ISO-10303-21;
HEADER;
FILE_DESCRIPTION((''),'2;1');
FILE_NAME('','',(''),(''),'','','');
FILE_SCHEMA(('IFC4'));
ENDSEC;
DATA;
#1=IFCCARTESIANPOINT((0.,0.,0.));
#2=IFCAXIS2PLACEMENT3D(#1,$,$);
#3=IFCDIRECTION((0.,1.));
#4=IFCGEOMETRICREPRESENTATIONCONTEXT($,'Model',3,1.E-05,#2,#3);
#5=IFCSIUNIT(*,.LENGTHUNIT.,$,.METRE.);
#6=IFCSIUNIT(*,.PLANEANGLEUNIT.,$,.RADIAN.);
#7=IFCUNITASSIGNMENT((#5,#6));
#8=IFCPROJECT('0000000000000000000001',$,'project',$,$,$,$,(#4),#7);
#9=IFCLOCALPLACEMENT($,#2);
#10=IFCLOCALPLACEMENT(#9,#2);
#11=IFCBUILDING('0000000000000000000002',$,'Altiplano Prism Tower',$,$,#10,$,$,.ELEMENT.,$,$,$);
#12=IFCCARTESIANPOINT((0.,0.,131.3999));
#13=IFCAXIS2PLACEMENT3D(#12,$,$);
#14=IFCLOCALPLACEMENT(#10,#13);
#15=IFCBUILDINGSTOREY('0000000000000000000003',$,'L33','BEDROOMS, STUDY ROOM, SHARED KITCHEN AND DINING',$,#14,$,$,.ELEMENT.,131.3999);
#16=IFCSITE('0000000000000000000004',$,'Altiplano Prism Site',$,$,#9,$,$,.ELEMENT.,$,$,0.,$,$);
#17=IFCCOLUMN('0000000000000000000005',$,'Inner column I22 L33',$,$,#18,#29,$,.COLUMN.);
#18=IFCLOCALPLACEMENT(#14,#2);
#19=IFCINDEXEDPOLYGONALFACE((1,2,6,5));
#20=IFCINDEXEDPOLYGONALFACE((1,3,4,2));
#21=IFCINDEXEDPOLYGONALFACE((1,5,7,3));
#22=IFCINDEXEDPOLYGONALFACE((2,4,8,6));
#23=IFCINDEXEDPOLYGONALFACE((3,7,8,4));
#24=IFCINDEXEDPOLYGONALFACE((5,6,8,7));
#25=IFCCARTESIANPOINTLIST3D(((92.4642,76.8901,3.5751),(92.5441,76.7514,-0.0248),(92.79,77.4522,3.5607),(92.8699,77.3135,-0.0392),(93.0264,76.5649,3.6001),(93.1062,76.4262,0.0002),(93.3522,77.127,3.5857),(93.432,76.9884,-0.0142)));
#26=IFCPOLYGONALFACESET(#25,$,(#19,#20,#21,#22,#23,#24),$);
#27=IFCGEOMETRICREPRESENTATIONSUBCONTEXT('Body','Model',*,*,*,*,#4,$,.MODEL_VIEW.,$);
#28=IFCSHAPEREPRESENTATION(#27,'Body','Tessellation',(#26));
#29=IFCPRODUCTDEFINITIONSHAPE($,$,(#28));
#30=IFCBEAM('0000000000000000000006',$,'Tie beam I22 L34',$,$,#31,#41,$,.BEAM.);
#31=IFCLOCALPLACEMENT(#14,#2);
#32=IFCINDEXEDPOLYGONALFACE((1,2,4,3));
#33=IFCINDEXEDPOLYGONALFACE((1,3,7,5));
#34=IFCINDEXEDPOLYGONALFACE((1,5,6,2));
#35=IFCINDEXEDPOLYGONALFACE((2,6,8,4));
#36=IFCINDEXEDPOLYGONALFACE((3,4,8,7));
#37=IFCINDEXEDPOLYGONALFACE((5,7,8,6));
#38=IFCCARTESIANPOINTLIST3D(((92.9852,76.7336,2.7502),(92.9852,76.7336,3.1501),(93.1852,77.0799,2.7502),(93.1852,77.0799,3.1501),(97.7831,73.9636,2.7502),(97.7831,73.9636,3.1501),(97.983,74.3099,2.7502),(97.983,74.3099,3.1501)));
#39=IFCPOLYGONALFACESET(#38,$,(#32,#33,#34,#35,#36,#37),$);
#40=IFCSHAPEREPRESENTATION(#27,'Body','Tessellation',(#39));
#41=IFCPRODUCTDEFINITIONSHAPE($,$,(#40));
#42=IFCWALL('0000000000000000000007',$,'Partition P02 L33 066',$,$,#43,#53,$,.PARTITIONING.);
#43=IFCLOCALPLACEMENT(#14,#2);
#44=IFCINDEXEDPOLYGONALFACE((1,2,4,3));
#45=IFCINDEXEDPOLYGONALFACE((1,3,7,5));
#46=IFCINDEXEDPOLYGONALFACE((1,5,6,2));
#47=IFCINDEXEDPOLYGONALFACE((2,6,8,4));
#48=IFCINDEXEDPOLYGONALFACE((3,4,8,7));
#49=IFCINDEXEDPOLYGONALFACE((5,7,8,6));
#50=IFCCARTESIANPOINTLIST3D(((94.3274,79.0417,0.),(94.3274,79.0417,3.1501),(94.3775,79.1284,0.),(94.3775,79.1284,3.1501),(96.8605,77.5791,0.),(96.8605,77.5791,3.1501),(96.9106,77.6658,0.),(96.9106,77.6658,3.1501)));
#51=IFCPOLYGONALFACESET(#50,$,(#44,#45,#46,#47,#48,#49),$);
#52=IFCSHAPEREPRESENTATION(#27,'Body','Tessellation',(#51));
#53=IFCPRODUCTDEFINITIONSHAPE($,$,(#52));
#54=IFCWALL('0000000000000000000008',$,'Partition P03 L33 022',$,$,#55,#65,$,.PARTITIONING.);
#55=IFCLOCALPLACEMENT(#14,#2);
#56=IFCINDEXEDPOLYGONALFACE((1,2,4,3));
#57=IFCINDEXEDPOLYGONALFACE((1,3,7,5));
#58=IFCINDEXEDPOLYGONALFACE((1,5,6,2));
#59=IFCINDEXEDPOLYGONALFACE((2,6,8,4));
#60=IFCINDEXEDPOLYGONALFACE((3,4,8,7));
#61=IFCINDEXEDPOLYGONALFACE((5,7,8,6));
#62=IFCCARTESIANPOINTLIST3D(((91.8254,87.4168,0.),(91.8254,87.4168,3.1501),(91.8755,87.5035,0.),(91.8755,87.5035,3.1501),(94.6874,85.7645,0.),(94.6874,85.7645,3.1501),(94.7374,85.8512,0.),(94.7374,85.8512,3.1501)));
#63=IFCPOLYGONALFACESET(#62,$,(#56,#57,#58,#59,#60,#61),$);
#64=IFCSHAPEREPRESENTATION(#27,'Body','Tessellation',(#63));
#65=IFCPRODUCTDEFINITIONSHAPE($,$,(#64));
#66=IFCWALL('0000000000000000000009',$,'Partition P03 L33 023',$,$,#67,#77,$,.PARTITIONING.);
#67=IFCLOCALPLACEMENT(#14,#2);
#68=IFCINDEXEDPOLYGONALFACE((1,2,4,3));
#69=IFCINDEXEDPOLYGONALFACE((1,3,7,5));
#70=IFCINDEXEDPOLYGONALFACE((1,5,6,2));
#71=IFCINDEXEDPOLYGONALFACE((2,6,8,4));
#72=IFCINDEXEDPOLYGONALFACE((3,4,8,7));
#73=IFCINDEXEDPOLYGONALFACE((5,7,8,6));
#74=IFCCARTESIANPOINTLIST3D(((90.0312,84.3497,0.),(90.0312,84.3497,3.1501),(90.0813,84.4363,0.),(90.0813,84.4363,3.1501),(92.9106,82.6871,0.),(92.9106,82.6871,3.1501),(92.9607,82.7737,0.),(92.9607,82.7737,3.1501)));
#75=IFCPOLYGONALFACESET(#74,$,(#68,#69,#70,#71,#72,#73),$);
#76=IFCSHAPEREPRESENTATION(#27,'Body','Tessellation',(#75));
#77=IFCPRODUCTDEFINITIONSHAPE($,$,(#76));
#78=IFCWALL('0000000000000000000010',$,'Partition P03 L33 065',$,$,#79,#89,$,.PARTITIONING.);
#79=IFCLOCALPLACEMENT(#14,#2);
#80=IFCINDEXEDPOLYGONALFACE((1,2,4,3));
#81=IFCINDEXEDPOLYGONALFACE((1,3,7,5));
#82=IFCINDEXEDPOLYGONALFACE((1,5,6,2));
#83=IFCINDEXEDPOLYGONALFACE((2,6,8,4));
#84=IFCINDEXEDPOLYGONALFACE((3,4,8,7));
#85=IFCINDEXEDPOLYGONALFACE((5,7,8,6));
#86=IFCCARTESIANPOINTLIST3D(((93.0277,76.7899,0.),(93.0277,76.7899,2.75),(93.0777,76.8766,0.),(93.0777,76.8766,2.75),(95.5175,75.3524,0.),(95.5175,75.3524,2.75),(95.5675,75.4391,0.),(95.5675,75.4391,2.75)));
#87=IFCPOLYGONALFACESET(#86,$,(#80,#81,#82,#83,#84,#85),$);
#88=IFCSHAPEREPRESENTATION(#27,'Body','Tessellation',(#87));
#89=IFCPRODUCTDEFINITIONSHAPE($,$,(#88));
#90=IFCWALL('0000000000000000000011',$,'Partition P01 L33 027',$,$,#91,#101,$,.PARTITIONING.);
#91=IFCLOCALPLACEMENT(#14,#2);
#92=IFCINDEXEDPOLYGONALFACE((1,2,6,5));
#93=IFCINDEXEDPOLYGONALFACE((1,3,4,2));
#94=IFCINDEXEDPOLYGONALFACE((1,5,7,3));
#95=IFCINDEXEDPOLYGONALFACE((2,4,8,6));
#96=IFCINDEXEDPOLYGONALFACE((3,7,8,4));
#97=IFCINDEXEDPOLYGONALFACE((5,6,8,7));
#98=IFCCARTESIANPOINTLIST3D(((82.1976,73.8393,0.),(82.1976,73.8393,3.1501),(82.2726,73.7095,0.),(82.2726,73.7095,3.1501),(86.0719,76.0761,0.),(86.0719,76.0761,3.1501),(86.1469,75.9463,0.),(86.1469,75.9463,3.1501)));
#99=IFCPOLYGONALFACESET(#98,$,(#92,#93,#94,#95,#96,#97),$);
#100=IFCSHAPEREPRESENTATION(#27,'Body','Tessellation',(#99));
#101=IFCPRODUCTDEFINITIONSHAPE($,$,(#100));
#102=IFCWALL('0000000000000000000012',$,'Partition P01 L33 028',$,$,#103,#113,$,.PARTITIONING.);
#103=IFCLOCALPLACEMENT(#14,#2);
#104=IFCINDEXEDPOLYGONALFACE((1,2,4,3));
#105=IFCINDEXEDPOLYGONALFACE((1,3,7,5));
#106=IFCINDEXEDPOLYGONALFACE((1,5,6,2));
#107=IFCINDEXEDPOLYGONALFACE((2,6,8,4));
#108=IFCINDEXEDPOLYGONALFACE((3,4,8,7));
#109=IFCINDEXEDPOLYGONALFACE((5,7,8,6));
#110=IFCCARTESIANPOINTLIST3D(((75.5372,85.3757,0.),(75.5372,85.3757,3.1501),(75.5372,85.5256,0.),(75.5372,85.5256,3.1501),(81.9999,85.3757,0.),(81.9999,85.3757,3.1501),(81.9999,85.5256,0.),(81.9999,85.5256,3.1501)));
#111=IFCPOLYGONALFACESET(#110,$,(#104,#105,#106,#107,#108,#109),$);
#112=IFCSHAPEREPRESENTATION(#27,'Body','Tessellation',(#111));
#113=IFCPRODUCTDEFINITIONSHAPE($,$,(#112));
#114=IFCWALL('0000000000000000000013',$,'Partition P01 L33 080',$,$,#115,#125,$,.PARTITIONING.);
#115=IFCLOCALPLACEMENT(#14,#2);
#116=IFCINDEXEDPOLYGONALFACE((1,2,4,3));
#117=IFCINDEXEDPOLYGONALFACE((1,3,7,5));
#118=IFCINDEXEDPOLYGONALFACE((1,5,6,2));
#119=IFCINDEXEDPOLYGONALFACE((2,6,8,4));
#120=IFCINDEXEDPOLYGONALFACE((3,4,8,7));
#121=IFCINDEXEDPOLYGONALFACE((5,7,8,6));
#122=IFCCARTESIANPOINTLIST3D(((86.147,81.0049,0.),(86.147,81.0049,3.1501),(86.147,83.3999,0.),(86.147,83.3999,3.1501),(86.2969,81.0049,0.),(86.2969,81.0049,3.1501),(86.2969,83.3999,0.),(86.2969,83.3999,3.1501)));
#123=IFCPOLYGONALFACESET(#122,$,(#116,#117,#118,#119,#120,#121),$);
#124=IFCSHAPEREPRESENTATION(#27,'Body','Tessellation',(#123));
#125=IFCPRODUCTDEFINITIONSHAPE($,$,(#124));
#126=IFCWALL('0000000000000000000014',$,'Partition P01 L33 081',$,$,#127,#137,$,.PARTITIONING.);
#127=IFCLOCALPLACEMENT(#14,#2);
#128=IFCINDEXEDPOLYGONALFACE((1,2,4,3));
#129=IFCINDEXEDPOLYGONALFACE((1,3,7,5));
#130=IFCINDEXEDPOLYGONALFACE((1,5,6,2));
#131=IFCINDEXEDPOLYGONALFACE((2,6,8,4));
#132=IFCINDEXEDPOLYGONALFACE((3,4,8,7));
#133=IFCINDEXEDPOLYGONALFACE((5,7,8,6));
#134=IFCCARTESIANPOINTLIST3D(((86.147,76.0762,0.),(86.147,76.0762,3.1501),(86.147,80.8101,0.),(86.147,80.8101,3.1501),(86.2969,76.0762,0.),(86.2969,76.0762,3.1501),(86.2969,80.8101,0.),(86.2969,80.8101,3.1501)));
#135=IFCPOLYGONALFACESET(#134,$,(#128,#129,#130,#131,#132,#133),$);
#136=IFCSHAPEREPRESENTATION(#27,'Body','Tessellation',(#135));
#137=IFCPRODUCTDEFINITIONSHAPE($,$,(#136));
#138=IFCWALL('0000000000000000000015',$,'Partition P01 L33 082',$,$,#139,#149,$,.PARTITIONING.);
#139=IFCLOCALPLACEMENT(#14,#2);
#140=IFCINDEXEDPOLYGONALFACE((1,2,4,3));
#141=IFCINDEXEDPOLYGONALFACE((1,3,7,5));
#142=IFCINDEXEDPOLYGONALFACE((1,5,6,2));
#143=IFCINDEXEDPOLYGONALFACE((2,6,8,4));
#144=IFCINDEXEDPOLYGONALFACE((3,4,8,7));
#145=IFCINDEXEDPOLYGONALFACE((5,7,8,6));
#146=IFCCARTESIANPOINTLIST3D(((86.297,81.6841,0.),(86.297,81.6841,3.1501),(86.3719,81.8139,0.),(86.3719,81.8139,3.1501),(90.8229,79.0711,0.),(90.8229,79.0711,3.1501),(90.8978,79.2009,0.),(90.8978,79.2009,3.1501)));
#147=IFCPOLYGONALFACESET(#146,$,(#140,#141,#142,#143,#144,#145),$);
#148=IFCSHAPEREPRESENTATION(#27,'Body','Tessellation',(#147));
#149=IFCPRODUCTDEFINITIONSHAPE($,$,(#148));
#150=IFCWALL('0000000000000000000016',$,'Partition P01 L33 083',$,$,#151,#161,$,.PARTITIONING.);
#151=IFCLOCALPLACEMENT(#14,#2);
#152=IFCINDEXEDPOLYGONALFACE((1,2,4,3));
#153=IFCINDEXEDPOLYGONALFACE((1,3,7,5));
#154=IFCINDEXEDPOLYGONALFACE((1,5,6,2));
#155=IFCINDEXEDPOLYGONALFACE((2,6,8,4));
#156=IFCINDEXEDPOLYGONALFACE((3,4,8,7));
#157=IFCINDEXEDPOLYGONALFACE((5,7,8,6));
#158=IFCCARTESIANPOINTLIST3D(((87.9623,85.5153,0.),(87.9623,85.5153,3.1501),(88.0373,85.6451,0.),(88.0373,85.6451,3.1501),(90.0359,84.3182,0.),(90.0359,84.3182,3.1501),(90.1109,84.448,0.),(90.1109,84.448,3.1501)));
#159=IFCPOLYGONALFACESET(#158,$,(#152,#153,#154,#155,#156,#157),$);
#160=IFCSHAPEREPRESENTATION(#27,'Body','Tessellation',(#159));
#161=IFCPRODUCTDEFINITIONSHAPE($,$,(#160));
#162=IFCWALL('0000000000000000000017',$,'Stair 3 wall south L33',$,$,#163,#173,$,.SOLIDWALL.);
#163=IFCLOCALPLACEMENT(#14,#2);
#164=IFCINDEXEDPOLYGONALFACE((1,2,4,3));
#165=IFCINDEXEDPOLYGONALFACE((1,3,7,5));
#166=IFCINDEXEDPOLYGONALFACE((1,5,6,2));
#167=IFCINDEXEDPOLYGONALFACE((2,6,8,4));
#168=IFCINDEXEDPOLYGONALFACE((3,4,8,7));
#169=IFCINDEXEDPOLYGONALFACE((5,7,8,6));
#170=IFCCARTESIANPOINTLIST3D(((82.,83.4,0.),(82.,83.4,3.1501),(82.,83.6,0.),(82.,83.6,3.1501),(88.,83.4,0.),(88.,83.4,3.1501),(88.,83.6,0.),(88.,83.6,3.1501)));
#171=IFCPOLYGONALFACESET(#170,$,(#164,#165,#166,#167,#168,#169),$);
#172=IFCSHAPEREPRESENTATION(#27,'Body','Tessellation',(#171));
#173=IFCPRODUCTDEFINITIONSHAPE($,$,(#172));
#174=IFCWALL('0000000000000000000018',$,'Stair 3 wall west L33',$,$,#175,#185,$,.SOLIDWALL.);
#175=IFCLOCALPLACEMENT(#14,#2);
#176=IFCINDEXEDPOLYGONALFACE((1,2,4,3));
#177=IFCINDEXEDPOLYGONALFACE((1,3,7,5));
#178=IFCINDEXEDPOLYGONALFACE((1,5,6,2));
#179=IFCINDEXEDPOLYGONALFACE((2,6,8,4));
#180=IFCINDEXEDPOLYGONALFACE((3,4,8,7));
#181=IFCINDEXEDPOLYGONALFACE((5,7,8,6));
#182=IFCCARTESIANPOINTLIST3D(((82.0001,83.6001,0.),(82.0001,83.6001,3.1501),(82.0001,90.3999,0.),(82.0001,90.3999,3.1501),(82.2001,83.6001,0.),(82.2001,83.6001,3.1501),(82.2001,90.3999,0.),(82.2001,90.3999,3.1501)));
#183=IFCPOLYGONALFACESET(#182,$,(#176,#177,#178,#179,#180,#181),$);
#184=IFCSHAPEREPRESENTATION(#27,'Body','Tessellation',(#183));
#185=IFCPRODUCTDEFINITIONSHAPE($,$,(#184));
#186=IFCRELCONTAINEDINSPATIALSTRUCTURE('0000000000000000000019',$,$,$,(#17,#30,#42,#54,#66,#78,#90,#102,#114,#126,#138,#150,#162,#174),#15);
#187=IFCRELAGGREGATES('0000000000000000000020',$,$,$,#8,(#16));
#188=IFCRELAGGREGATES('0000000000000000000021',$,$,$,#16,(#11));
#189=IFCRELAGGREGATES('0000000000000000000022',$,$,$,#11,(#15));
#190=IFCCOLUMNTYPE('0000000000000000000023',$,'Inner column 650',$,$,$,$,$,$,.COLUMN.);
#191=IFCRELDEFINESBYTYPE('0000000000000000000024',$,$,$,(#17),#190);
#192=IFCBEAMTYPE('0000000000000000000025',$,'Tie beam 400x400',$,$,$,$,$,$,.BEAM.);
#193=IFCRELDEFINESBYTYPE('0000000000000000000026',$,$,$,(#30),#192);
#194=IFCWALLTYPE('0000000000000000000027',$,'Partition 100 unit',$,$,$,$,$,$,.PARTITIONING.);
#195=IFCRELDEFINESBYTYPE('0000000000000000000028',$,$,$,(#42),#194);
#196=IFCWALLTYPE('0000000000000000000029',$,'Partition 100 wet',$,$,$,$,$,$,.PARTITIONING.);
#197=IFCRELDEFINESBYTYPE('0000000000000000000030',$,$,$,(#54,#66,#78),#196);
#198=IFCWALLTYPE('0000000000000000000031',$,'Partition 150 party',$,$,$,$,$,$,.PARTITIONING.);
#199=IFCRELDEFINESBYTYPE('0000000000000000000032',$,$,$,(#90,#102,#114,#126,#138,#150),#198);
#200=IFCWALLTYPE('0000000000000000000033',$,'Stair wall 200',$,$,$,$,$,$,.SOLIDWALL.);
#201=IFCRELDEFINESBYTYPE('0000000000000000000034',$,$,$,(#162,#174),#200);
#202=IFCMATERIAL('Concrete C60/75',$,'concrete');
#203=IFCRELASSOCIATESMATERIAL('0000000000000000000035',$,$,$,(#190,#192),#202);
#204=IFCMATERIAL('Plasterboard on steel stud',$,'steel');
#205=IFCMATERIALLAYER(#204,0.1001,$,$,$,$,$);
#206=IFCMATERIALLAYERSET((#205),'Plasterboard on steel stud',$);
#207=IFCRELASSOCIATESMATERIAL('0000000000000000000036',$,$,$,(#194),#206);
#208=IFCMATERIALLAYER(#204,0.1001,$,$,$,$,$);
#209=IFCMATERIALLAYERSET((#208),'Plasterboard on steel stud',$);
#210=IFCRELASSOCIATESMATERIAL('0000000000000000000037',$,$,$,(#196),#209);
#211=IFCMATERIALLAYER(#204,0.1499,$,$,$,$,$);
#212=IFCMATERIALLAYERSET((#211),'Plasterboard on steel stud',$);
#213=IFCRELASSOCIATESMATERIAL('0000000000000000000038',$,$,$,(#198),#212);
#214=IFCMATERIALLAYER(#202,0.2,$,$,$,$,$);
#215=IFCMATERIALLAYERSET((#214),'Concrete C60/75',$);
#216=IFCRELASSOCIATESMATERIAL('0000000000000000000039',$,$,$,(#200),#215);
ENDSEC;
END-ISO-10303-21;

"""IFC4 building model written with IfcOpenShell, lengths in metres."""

from ifc_helpers import new_model, si_unit, direction, frame, frame_2d, origin, origin_2d, place, context, subcontext, project, spatial, rectangle, extrude, material, layer, layer_set, material_profile, profile_set, type_object, element, save


model = new_model("IFC4")

# Units and contexts
model_context = context("Model", 3, precision=1e-05, world=origin(), true_north=direction((0.0, 1.0)))
body_context = subcontext(model_context, "Body", "Model", "MODEL_VIEW")
ifc_project = project(units=[si_unit("LENGTHUNIT", "METRE"), si_unit("PLANEANGLEUNIT", "RADIAN")], contexts=[model_context])

# Site, building, storey
site_placement = place(None, origin())
site = spatial("IfcSite", under=ifc_project, at=site_placement, Name="Altiplano Prism Site", CompositionType="ELEMENT", RefElevation=0.0)
building_placement = place(site_placement, origin())
building = spatial("IfcBuilding", under=site, at=building_placement, Name="Altiplano Prism Tower", CompositionType="ELEMENT")
storey_placement = place(building_placement, frame((0.0, 0.0, 131.3999)))
storey = spatial("IfcBuildingStorey", under=building, at=storey_placement, Name="L33", Description="BEDROOMS, STUDY ROOM, SHARED KITCHEN AND DINING", CompositionType="ELEMENT", Elevation=131.3999)

# Column
ifc_material_1 = material(Name="Concrete C60/75", Category="concrete")
ifc_material_profile_1 = material_profile(ifc_material_1, rectangle(XDim=0.6499, YDim=0.6499, at=origin_2d()), Name="Inner column 650")
ifc_profile_set_1 = profile_set([ifc_material_profile_1], Name="Concrete C60/75")
column_type = type_object("IfcColumnType", Name="Inner column 650", PredefinedType="COLUMN", material=ifc_profile_set_1)
column_placement = place(storey_placement, frame((92.988, 76.8699, -0.0195), z_axis=(-0.022155, 0.038484, 0.999014), x_axis=(-0.501313, -0.864981, 0.022203)))
element("IfcColumn", 1, at=column_placement, inside=storey, type_object=column_type, Name="Inner column I22 L33", PredefinedType="COLUMN", context=body_context, shape_type="SweptSolid", body=[
    extrude(rectangle(XDim=0.6499, YDim=0.6499, at=origin_2d()), origin(), (0.0, 0.0, 1.0), 3.6035),
])

# Beam
ifc_material_profile_2 = material_profile(ifc_material_1, rectangle(XDim=0.3999, YDim=0.3999, at=origin_2d()), Name="Tie beam 400x400")
ifc_profile_set_2 = profile_set([ifc_material_profile_2], Name="Concrete C60/75")
beam_type = type_object("IfcBeamType", Name="Tie beam 400x400", PredefinedType="BEAM", material=ifc_profile_set_2)
beam_placement = place(storey_placement, frame((93.0852, 76.9067, 2.9502), z_axis=(0.866027, -0.499997, 0.0), x_axis=(0.499997, 0.866027, 0.0)))
element("IfcBeam", 2, at=beam_placement, inside=storey, type_object=beam_type, Name="Tie beam I22 L34", PredefinedType="BEAM", context=body_context, shape_type="SweptSolid", body=[
    extrude(rectangle(XDim=0.3999, YDim=0.3999, at=origin_2d()), origin(), (0.0, 0.0, 1.0), 5.54),
])

# Walls
ifc_material_2 = material(Name="Plasterboard on steel stud", Category="steel")
ifc_layer_1 = layer(ifc_material_2, 0.1001)
ifc_layer_set_1 = layer_set([ifc_layer_1], Name="Plasterboard on steel stud")
wall_type_1 = type_object("IfcWallType", Name="Partition 100 unit", PredefinedType="PARTITIONING", material=ifc_layer_set_1)
wall_1_placement = place(storey_placement, frame((94.3525, 79.085, 0.0), z_axis=(0.0, 0.0, 1.0), x_axis=(0.86601, -0.500026, 0.0)))
element("IfcWall", 3, at=wall_1_placement, inside=storey, type_object=wall_type_1, Name="Partition P02 L33 066", PredefinedType="PARTITIONING", context=body_context, shape_type="SweptSolid", body=[
    extrude(rectangle(XDim=2.925, YDim=0.1001, at=frame_2d((1.4624, 0.0))), origin(), (0.0, 0.0, 1.0), 3.1501),
])
ifc_layer_2 = layer(ifc_material_2, 0.1001)
ifc_layer_set_2 = layer_set([ifc_layer_2], Name="Plasterboard on steel stud")
wall_type_2 = type_object("IfcWallType", Name="Partition 100 wet", PredefinedType="PARTITIONING", material=ifc_layer_set_2)
wall_2_placement = place(storey_placement, frame((94.7124, 85.8079, 0.0), z_axis=(0.0, 0.0, 1.0), x_axis=(-0.866034, 0.499985, 0.0)))
element("IfcWall", 4, at=wall_2_placement, inside=storey, type_object=wall_type_2, Name="Partition P03 L33 022", PredefinedType="PARTITIONING", context=body_context, shape_type="SweptSolid", body=[
    extrude(rectangle(XDim=3.3047, YDim=0.1001, at=frame_2d((1.6523, 0.0))), origin(), (0.0, 0.0, 1.0), 3.1501),
])
wall_3_placement = place(storey_placement, frame((90.0562, 84.3931, 0.0), z_axis=(0.0, 0.0, 1.0), x_axis=(0.866002, -0.50004, 0.0)))
element("IfcWall", 5, at=wall_3_placement, inside=storey, type_object=wall_type_2, Name="Partition P03 L33 023", PredefinedType="PARTITIONING", context=body_context, shape_type="SweptSolid", body=[
    extrude(rectangle(XDim=3.325, YDim=0.1001, at=frame_2d((1.6626, 0.0))), origin(), (0.0, 0.0, 1.0), 3.1501),
])
wall_4_placement = place(storey_placement, frame((95.5425, 75.3958, 0.0), z_axis=(0.0, 0.0, 1.0), x_axis=(-0.866019, 0.500012, 0.0)))
element("IfcWall", 6, at=wall_4_placement, inside=storey, type_object=wall_type_2, Name="Partition P03 L33 065", PredefinedType="PARTITIONING", context=body_context, shape_type="SweptSolid", body=[
    extrude(rectangle(XDim=2.875, YDim=0.1001, at=frame_2d((1.4375, 0.0))), origin(), (0.0, 0.0, 1.0), 2.75),
])
ifc_layer_3 = layer(ifc_material_2, 0.1499)
ifc_layer_set_3 = layer_set([ifc_layer_3], Name="Plasterboard on steel stud")
wall_type_3 = type_object("IfcWallType", Name="Partition 150 party", PredefinedType="PARTITIONING", material=ifc_layer_set_3)
wall_5_placement = place(storey_placement, frame((86.1094, 76.0112, 0.0), z_axis=(0.0, 0.0, 1.0), x_axis=(-0.866025, -0.500001, 0.0)))
element("IfcWall", 7, at=wall_5_placement, inside=storey, type_object=wall_type_3, Name="Partition P01 L33 027", PredefinedType="PARTITIONING", context=body_context, shape_type="SweptSolid", body=[
    extrude(rectangle(XDim=4.4736, YDim=0.1499, at=frame_2d((2.2368, 0.0))), origin(), (0.0, 0.0, 1.0), 3.1501),
])
wall_6_placement = place(storey_placement, frame((82.0, 85.4507, 0.0), z_axis=(0.0, 0.0, 1.0), x_axis=(-1.0, 0.0, 0.0)))
element("IfcWall", 8, at=wall_6_placement, inside=storey, type_object=wall_type_3, Name="Partition P01 L33 028", PredefinedType="PARTITIONING", context=body_context, shape_type="SweptSolid", body=[
    extrude(rectangle(XDim=6.4626, YDim=0.1499, at=frame_2d((3.2314, 0.0))), origin(), (0.0, 0.0, 1.0), 3.1501),
])
wall_7_placement = place(storey_placement, frame((86.2219, 81.0049, 0.0), z_axis=(0.0, 0.0, 1.0), x_axis=(0.0, 1.0, 0.0)))
element("IfcWall", 9, at=wall_7_placement, inside=storey, type_object=wall_type_3, Name="Partition P01 L33 080", PredefinedType="PARTITIONING", context=body_context, shape_type="SweptSolid", body=[
    extrude(rectangle(XDim=2.395, YDim=0.1499, at=frame_2d((1.1975, 0.0))), origin(), (0.0, 0.0, 1.0), 3.1501),
])
wall_8_placement = place(storey_placement, frame((86.2219, 80.8101, 0.0), z_axis=(0.0, 0.0, 1.0), x_axis=(0.0, -1.0, 0.0)))
element("IfcWall", 10, at=wall_8_placement, inside=storey, type_object=wall_type_3, Name="Partition P01 L33 081", PredefinedType="PARTITIONING", context=body_context, shape_type="SweptSolid", body=[
    extrude(rectangle(XDim=4.7339, YDim=0.1499, at=frame_2d((2.3669, 0.0))), origin(), (0.0, 0.0, 1.0), 3.1501),
])
wall_9_placement = place(storey_placement, frame((90.8604, 79.136, 0.0), z_axis=(0.0, 0.0, 1.0), x_axis=(-0.866024, 0.500003, 0.0)))
element("IfcWall", 11, at=wall_9_placement, inside=storey, type_object=wall_type_3, Name="Partition P01 L33 082", PredefinedType="PARTITIONING", context=body_context, shape_type="SweptSolid", body=[
    extrude(rectangle(XDim=5.2261, YDim=0.1499, at=frame_2d((2.613, 0.0))), origin(), (0.0, 0.0, 1.0), 3.1501),
])
wall_10_placement = place(storey_placement, frame((90.0735, 84.3831, 0.0), z_axis=(0.0, 0.0, 1.0), x_axis=(-0.866045, 0.499967, 0.0)))
element("IfcWall", 12, at=wall_10_placement, inside=storey, type_object=wall_type_3, Name="Partition P01 L33 083", PredefinedType="PARTITIONING", context=body_context, shape_type="SweptSolid", body=[
    extrude(rectangle(XDim=2.3943, YDim=0.1499, at=frame_2d((1.1973, 0.0))), origin(), (0.0, 0.0, 1.0), 3.1501),
])
ifc_layer_4 = layer(ifc_material_1, 0.2)
ifc_layer_set_4 = layer_set([ifc_layer_4], Name="Concrete C60/75")
wall_type_4 = type_object("IfcWallType", Name="Stair wall 200", PredefinedType="SOLIDWALL", material=ifc_layer_set_4)
wall_11_placement = place(storey_placement, frame((82.0, 83.5, 0.0), z_axis=(0.0, 0.0, 1.0), x_axis=(1.0, 0.0, 0.0)))
element("IfcWall", 13, at=wall_11_placement, inside=storey, type_object=wall_type_4, Name="Stair 3 wall south L33", PredefinedType="SOLIDWALL", context=body_context, shape_type="SweptSolid", body=[
    extrude(rectangle(XDim=6.0, YDim=0.2, at=frame_2d((3.0, 0.0))), origin(), (0.0, 0.0, 1.0), 3.1501),
])
for number, where, z_axis, x_axis, name in (
    (14, (82.1001, 83.6001, 0.0), (0.0, 0.0, 1.0), (0.0, 1.0, 0.0), "Stair 3 wall west L33"),
):
    element("IfcWall", number, at=place(storey_placement, frame(where, z_axis=z_axis, x_axis=x_axis)), inside=storey, type_object=wall_type_4, Name=name, PredefinedType="SOLIDWALL", context=body_context, shape_type="SweptSolid", body=[
        extrude(rectangle(XDim=6.7998, YDim=0.2, at=frame_2d((3.3999, 0.0))), origin(), (0.0, 0.0, 1.0), 3.1501),
    ])

save(model, "model.ifc")
